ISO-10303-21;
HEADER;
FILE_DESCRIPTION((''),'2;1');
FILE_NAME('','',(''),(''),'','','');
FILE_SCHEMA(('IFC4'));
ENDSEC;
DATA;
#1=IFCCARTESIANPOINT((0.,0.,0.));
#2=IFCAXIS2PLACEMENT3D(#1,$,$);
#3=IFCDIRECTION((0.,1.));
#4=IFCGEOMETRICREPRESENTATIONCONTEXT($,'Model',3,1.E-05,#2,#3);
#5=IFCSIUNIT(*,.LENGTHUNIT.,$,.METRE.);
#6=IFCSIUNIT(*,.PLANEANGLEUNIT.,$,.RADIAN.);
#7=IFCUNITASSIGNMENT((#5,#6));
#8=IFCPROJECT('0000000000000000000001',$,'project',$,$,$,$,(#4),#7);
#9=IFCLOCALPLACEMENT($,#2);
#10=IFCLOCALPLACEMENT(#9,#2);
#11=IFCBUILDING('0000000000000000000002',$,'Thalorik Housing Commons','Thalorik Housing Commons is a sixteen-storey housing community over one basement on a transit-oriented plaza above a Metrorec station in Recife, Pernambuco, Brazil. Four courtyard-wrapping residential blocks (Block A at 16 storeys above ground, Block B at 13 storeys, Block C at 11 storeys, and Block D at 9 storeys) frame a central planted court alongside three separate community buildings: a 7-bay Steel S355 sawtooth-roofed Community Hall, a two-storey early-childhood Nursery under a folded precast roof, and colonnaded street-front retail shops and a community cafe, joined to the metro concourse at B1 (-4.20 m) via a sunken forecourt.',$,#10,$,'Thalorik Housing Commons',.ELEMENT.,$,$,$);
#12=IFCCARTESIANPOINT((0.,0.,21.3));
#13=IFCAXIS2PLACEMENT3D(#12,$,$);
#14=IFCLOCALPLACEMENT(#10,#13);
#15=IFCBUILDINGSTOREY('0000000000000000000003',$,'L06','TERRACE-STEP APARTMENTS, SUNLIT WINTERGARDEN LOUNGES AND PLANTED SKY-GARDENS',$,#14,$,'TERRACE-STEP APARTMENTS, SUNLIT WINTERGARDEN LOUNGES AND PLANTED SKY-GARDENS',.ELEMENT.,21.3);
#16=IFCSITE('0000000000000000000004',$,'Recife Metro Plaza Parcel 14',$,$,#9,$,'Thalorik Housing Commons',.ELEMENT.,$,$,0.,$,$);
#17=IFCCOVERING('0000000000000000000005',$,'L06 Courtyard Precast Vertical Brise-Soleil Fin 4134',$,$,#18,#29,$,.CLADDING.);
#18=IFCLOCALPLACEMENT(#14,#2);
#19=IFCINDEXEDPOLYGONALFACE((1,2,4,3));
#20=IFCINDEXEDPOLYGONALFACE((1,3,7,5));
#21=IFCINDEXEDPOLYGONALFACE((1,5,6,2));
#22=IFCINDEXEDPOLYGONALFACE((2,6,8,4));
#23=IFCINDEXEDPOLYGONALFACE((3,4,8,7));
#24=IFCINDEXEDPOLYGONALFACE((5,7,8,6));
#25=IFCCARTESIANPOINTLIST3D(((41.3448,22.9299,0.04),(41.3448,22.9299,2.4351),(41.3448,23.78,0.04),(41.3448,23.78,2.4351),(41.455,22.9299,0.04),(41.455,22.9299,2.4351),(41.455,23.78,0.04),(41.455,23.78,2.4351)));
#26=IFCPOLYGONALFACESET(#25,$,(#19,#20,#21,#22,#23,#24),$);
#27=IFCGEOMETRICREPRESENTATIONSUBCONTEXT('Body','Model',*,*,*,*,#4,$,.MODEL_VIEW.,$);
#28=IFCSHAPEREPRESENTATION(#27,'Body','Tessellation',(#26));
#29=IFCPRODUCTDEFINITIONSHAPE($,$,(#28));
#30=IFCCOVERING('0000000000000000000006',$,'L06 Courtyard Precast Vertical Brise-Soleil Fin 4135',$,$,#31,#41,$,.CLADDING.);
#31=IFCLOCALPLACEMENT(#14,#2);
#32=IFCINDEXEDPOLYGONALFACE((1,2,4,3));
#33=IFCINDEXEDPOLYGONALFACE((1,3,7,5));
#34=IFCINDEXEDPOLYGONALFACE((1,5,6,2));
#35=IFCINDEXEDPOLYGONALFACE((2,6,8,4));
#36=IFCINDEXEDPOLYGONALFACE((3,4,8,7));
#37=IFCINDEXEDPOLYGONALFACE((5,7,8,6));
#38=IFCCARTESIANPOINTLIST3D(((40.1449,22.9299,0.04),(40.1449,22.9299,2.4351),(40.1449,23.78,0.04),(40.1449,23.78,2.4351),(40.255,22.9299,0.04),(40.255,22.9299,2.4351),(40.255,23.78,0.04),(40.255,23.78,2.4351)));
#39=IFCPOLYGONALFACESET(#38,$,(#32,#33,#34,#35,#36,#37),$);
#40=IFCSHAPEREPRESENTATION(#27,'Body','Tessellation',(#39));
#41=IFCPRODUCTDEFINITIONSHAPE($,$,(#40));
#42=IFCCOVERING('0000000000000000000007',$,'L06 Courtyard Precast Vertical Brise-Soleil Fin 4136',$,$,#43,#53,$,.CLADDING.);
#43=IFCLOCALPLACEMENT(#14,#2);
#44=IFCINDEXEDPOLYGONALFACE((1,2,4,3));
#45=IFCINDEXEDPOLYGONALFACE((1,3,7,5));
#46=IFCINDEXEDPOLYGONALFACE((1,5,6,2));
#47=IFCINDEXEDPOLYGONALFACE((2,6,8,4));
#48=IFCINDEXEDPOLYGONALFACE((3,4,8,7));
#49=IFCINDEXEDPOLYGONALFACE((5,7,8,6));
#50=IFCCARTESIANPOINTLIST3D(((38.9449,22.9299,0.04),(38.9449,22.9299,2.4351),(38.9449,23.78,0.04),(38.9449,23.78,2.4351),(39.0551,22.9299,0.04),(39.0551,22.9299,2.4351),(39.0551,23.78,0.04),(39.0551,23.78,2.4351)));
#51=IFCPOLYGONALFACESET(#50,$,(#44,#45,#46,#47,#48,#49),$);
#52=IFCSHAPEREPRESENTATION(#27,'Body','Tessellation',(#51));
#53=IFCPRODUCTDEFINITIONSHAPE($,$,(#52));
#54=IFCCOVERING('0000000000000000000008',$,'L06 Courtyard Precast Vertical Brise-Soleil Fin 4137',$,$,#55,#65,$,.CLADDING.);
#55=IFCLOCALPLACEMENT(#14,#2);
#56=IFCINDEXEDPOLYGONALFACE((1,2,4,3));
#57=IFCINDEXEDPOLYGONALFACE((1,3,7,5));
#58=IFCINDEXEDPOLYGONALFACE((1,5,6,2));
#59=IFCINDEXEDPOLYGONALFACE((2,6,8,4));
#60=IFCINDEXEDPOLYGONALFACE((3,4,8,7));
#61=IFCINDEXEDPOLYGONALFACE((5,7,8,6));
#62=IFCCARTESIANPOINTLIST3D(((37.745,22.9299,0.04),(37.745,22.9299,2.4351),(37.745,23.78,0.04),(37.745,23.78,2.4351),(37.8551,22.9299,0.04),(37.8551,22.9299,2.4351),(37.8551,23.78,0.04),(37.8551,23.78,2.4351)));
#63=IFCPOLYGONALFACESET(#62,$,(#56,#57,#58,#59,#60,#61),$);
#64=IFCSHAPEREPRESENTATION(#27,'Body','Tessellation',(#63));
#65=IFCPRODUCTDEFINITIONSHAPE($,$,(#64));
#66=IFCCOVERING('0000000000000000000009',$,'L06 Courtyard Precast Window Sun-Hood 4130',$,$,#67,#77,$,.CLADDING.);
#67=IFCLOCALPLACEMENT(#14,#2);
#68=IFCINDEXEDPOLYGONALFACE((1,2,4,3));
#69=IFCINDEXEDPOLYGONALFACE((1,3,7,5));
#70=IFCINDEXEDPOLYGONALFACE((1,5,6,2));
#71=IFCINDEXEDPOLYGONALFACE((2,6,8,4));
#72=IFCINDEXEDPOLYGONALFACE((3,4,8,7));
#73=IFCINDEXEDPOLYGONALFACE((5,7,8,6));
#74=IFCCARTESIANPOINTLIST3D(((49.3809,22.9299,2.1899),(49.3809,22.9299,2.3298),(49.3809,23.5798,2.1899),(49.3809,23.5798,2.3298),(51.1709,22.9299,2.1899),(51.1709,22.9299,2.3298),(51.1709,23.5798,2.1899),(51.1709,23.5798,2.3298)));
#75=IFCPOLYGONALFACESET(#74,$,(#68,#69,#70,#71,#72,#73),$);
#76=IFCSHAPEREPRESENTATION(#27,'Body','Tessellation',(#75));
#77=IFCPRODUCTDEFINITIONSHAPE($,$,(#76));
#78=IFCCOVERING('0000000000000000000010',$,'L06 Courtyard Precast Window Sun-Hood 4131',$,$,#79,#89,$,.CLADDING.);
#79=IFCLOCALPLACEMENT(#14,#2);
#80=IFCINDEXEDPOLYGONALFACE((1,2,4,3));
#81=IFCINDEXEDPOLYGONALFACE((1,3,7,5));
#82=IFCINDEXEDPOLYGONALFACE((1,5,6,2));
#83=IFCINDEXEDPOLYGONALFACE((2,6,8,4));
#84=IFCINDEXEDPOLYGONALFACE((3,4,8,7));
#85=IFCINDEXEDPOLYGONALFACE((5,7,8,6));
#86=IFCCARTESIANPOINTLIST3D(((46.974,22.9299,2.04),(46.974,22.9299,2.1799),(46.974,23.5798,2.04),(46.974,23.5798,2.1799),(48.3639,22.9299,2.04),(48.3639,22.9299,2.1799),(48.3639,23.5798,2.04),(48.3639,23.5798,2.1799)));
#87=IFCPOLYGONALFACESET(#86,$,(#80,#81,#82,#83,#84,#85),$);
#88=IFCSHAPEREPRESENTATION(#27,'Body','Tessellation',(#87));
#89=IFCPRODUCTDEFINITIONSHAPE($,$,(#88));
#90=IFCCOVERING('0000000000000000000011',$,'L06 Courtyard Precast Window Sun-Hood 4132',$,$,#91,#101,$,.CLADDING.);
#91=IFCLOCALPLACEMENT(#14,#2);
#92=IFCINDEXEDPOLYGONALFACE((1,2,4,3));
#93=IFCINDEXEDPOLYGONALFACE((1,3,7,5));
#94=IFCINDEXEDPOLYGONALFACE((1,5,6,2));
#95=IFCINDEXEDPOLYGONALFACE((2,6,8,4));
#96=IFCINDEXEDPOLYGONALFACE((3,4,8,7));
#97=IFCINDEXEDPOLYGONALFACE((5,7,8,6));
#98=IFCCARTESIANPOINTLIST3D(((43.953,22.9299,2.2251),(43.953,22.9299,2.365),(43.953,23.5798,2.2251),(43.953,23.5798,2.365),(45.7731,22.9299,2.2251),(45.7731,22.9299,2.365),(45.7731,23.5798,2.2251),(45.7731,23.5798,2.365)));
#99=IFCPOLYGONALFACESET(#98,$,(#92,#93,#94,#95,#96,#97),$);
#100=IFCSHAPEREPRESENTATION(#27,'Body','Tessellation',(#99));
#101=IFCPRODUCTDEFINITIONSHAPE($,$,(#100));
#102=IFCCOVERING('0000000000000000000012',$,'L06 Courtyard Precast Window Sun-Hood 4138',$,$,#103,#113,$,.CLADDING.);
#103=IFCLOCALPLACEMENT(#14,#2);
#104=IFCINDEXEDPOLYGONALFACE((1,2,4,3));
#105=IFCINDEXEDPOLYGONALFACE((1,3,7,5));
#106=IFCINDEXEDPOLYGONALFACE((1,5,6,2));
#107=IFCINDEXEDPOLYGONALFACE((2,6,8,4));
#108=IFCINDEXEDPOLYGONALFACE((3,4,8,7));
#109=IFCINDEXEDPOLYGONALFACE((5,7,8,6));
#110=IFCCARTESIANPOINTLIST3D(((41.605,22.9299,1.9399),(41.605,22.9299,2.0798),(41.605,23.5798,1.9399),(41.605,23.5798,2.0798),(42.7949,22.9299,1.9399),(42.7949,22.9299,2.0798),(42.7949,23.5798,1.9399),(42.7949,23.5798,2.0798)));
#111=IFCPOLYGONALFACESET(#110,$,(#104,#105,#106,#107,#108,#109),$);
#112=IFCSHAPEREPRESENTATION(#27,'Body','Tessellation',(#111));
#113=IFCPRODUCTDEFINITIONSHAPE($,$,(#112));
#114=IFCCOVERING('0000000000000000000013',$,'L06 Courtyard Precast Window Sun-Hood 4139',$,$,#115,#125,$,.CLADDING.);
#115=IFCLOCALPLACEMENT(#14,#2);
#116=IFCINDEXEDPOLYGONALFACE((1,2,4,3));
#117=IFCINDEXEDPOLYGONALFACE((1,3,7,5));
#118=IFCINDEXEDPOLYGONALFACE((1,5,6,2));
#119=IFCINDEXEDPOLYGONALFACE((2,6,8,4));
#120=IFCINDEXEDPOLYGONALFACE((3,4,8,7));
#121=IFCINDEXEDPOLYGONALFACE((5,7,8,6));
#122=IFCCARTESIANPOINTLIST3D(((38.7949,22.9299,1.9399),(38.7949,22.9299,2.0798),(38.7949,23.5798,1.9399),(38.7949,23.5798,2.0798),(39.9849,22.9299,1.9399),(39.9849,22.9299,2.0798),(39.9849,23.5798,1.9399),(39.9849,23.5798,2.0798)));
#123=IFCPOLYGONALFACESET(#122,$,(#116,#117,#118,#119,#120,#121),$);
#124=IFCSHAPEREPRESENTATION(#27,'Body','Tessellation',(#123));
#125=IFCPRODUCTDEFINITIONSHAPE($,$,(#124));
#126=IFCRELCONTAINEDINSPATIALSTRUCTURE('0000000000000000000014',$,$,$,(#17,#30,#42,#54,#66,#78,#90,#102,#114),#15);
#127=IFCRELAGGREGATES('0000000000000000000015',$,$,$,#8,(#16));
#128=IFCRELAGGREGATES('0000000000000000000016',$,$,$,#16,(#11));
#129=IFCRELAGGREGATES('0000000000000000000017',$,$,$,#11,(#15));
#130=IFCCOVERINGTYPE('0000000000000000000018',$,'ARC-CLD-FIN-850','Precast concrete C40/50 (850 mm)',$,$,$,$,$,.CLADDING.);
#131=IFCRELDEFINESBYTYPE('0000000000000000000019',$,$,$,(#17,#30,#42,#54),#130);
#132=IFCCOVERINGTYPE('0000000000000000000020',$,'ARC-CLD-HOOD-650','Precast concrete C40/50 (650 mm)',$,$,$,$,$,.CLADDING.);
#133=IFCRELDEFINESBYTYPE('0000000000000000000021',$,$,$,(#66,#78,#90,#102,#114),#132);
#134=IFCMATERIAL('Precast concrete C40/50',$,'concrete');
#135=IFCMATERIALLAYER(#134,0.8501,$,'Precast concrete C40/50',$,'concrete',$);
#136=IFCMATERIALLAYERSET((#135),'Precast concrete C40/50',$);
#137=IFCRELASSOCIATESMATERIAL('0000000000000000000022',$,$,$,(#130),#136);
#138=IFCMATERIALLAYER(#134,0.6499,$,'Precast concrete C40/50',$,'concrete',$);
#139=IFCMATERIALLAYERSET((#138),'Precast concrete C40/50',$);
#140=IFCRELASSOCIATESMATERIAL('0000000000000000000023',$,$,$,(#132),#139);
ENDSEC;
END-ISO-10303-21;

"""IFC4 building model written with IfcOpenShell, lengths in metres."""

from ifc_helpers import new_model, si_unit, direction, frame, origin, origin_2d, place, context, subcontext, project, spatial, rectangle, extrude, material, layer, layer_set, type_object, element, save


model = new_model("IFC4")

# Units and contexts
model_context = context("Model", 3, precision=1e-05, world=origin(), true_north=direction((0.0, 1.0)))
body_context = subcontext(model_context, "Body", "Model", "MODEL_VIEW")
ifc_project = project(units=[si_unit("LENGTHUNIT", "METRE"), si_unit("PLANEANGLEUNIT", "RADIAN")], contexts=[model_context])

# Site, building, storey
site_placement = place(None, origin())
site = spatial("IfcSite", under=ifc_project, at=site_placement, Name="Recife Metro Plaza Parcel 14", LongName="Thalorik Housing Commons", CompositionType="ELEMENT", RefElevation=0.0)
building_placement = place(site_placement, origin())
building = spatial("IfcBuilding", under=site, at=building_placement, Name="Thalorik Housing Commons", Description="Thalorik Housing Commons is a sixteen-storey housing community over one basement on a transit-oriented plaza above a Metrorec station in Recife, Pernambuco, Brazil. Four courtyard-wrapping residential blocks (Block A at 16 storeys above ground, Block B at 13 storeys, Block C at 11 storeys, and Block D at 9 storeys) frame a central planted court alongside three separate community buildings: a 7-bay Steel S355 sawtooth-roofed Community Hall, a two-storey early-childhood Nursery under a folded precast roof, and colonnaded street-front retail shops and a community cafe, joined to the metro concourse at B1 (-4.20 m) via a sunken forecourt.", LongName="Thalorik Housing Commons", CompositionType="ELEMENT")
storey_placement = place(building_placement, frame((0.0, 0.0, 21.3)))
storey = spatial("IfcBuildingStorey", under=building, at=storey_placement, Name="L06", Description="TERRACE-STEP APARTMENTS, SUNLIT WINTERGARDEN LOUNGES AND PLANTED SKY-GARDENS", LongName="TERRACE-STEP APARTMENTS, SUNLIT WINTERGARDEN LOUNGES AND PLANTED SKY-GARDENS", CompositionType="ELEMENT", Elevation=21.3)

# Shared definitions
ifc_material_1 = material(Name="Precast concrete C40/50", Category="concrete")

# Coverings
ifc_layer_1 = layer(ifc_material_1, 0.8501, Name="Precast concrete C40/50", Category="concrete")
ifc_layer_set_1 = layer_set([ifc_layer_1], Name="Precast concrete C40/50")
covering_type_1 = type_object("IfcCoveringType", Name="ARC-CLD-FIN-850", Description="Precast concrete C40/50 (850 mm)", PredefinedType="CLADDING", material=ifc_layer_set_1)
for number, where, z_axis, x_axis, name in (
    (1, (41.3999, 23.355, 0.04), (0.0, 0.0, 1.0), (-1.0, 0.0, 0.0), "L06 Courtyard Precast Vertical Brise-Soleil Fin 4134"),
    (2, (40.2, 23.355, 0.04), (0.0, 0.0, 1.0), (-1.0, 0.0, 0.0), "L06 Courtyard Precast Vertical Brise-Soleil Fin 4135"),
    (3, (39.0, 23.355, 0.04), (0.0, 0.0, 1.0), (-1.0, 0.0, 0.0), "L06 Courtyard Precast Vertical Brise-Soleil Fin 4136"),
    (4, (37.8, 23.355, 0.04), (0.0, 0.0, 1.0), (-1.0, 0.0, 0.0), "L06 Courtyard Precast Vertical Brise-Soleil Fin 4137"),
):
    element("IfcCovering", number, at=place(storey_placement, frame(where, z_axis=z_axis, x_axis=x_axis)), inside=storey, type_object=covering_type_1, Name=name, PredefinedType="CLADDING", context=body_context, shape_type="SweptSolid", body=[
        extrude(rectangle(XDim=0.1101, YDim=0.8501, at=origin_2d()), origin(), (0.0, 0.0, 1.0), 2.395),
    ])
ifc_layer_2 = layer(ifc_material_1, 0.6499, Name="Precast concrete C40/50", Category="concrete")
ifc_layer_set_2 = layer_set([ifc_layer_2], Name="Precast concrete C40/50")
covering_type_2 = type_object("IfcCoveringType", Name="ARC-CLD-HOOD-650", Description="Precast concrete C40/50 (650 mm)", PredefinedType="CLADDING", material=ifc_layer_set_2)
covering_1_placement = place(storey_placement, frame((50.2759, 23.2549, 2.1899), z_axis=(0.0, 0.0, 1.0), x_axis=(-1.0, 0.0, 0.0)))
element("IfcCovering", 5, at=covering_1_placement, inside=storey, type_object=covering_type_2, Name="L06 Courtyard Precast Window Sun-Hood 4130", PredefinedType="CLADDING", context=body_context, shape_type="SweptSolid", body=[
    extrude(rectangle(XDim=1.79, YDim=0.6499, at=origin_2d()), origin(), (0.0, 0.0, 1.0), 0.1399),
])
covering_2_placement = place(storey_placement, frame((47.6689, 23.2549, 2.04), z_axis=(0.0, 0.0, 1.0), x_axis=(-1.0, 0.0, 0.0)))
element("IfcCovering", 6, at=covering_2_placement, inside=storey, type_object=covering_type_2, Name="L06 Courtyard Precast Window Sun-Hood 4131", PredefinedType="CLADDING", context=body_context, shape_type="SweptSolid", body=[
    extrude(rectangle(XDim=1.3899, YDim=0.6499, at=origin_2d()), origin(), (0.0, 0.0, 1.0), 0.1399),
])
covering_3_placement = place(storey_placement, frame((44.863, 23.2549, 2.2251), z_axis=(0.0, 0.0, 1.0), x_axis=(-1.0, 0.0, 0.0)))
element("IfcCovering", 7, at=covering_3_placement, inside=storey, type_object=covering_type_2, Name="L06 Courtyard Precast Window Sun-Hood 4132", PredefinedType="CLADDING", context=body_context, shape_type="SweptSolid", body=[
    extrude(rectangle(XDim=1.8201, YDim=0.6499, at=origin_2d()), origin(), (0.0, 0.0, 1.0), 0.1399),
])
for number, where, z_axis, x_axis, name in (
    (8, (42.2, 23.2549, 1.9399), (0.0, 0.0, 1.0), (-1.0, 0.0, 0.0), "L06 Courtyard Precast Window Sun-Hood 4138"),
    (9, (39.3899, 23.2549, 1.9399), (0.0, 0.0, 1.0), (-1.0, 0.0, 0.0), "L06 Courtyard Precast Window Sun-Hood 4139"),
):
    element("IfcCovering", number, at=place(storey_placement, frame(where, z_axis=z_axis, x_axis=x_axis)), inside=storey, type_object=covering_type_2, Name=name, PredefinedType="CLADDING", context=body_context, shape_type="SweptSolid", body=[
        extrude(rectangle(XDim=1.1899, YDim=0.6499, at=origin_2d()), origin(), (0.0, 0.0, 1.0), 0.1399),
    ])

save(model, "model.ifc")
